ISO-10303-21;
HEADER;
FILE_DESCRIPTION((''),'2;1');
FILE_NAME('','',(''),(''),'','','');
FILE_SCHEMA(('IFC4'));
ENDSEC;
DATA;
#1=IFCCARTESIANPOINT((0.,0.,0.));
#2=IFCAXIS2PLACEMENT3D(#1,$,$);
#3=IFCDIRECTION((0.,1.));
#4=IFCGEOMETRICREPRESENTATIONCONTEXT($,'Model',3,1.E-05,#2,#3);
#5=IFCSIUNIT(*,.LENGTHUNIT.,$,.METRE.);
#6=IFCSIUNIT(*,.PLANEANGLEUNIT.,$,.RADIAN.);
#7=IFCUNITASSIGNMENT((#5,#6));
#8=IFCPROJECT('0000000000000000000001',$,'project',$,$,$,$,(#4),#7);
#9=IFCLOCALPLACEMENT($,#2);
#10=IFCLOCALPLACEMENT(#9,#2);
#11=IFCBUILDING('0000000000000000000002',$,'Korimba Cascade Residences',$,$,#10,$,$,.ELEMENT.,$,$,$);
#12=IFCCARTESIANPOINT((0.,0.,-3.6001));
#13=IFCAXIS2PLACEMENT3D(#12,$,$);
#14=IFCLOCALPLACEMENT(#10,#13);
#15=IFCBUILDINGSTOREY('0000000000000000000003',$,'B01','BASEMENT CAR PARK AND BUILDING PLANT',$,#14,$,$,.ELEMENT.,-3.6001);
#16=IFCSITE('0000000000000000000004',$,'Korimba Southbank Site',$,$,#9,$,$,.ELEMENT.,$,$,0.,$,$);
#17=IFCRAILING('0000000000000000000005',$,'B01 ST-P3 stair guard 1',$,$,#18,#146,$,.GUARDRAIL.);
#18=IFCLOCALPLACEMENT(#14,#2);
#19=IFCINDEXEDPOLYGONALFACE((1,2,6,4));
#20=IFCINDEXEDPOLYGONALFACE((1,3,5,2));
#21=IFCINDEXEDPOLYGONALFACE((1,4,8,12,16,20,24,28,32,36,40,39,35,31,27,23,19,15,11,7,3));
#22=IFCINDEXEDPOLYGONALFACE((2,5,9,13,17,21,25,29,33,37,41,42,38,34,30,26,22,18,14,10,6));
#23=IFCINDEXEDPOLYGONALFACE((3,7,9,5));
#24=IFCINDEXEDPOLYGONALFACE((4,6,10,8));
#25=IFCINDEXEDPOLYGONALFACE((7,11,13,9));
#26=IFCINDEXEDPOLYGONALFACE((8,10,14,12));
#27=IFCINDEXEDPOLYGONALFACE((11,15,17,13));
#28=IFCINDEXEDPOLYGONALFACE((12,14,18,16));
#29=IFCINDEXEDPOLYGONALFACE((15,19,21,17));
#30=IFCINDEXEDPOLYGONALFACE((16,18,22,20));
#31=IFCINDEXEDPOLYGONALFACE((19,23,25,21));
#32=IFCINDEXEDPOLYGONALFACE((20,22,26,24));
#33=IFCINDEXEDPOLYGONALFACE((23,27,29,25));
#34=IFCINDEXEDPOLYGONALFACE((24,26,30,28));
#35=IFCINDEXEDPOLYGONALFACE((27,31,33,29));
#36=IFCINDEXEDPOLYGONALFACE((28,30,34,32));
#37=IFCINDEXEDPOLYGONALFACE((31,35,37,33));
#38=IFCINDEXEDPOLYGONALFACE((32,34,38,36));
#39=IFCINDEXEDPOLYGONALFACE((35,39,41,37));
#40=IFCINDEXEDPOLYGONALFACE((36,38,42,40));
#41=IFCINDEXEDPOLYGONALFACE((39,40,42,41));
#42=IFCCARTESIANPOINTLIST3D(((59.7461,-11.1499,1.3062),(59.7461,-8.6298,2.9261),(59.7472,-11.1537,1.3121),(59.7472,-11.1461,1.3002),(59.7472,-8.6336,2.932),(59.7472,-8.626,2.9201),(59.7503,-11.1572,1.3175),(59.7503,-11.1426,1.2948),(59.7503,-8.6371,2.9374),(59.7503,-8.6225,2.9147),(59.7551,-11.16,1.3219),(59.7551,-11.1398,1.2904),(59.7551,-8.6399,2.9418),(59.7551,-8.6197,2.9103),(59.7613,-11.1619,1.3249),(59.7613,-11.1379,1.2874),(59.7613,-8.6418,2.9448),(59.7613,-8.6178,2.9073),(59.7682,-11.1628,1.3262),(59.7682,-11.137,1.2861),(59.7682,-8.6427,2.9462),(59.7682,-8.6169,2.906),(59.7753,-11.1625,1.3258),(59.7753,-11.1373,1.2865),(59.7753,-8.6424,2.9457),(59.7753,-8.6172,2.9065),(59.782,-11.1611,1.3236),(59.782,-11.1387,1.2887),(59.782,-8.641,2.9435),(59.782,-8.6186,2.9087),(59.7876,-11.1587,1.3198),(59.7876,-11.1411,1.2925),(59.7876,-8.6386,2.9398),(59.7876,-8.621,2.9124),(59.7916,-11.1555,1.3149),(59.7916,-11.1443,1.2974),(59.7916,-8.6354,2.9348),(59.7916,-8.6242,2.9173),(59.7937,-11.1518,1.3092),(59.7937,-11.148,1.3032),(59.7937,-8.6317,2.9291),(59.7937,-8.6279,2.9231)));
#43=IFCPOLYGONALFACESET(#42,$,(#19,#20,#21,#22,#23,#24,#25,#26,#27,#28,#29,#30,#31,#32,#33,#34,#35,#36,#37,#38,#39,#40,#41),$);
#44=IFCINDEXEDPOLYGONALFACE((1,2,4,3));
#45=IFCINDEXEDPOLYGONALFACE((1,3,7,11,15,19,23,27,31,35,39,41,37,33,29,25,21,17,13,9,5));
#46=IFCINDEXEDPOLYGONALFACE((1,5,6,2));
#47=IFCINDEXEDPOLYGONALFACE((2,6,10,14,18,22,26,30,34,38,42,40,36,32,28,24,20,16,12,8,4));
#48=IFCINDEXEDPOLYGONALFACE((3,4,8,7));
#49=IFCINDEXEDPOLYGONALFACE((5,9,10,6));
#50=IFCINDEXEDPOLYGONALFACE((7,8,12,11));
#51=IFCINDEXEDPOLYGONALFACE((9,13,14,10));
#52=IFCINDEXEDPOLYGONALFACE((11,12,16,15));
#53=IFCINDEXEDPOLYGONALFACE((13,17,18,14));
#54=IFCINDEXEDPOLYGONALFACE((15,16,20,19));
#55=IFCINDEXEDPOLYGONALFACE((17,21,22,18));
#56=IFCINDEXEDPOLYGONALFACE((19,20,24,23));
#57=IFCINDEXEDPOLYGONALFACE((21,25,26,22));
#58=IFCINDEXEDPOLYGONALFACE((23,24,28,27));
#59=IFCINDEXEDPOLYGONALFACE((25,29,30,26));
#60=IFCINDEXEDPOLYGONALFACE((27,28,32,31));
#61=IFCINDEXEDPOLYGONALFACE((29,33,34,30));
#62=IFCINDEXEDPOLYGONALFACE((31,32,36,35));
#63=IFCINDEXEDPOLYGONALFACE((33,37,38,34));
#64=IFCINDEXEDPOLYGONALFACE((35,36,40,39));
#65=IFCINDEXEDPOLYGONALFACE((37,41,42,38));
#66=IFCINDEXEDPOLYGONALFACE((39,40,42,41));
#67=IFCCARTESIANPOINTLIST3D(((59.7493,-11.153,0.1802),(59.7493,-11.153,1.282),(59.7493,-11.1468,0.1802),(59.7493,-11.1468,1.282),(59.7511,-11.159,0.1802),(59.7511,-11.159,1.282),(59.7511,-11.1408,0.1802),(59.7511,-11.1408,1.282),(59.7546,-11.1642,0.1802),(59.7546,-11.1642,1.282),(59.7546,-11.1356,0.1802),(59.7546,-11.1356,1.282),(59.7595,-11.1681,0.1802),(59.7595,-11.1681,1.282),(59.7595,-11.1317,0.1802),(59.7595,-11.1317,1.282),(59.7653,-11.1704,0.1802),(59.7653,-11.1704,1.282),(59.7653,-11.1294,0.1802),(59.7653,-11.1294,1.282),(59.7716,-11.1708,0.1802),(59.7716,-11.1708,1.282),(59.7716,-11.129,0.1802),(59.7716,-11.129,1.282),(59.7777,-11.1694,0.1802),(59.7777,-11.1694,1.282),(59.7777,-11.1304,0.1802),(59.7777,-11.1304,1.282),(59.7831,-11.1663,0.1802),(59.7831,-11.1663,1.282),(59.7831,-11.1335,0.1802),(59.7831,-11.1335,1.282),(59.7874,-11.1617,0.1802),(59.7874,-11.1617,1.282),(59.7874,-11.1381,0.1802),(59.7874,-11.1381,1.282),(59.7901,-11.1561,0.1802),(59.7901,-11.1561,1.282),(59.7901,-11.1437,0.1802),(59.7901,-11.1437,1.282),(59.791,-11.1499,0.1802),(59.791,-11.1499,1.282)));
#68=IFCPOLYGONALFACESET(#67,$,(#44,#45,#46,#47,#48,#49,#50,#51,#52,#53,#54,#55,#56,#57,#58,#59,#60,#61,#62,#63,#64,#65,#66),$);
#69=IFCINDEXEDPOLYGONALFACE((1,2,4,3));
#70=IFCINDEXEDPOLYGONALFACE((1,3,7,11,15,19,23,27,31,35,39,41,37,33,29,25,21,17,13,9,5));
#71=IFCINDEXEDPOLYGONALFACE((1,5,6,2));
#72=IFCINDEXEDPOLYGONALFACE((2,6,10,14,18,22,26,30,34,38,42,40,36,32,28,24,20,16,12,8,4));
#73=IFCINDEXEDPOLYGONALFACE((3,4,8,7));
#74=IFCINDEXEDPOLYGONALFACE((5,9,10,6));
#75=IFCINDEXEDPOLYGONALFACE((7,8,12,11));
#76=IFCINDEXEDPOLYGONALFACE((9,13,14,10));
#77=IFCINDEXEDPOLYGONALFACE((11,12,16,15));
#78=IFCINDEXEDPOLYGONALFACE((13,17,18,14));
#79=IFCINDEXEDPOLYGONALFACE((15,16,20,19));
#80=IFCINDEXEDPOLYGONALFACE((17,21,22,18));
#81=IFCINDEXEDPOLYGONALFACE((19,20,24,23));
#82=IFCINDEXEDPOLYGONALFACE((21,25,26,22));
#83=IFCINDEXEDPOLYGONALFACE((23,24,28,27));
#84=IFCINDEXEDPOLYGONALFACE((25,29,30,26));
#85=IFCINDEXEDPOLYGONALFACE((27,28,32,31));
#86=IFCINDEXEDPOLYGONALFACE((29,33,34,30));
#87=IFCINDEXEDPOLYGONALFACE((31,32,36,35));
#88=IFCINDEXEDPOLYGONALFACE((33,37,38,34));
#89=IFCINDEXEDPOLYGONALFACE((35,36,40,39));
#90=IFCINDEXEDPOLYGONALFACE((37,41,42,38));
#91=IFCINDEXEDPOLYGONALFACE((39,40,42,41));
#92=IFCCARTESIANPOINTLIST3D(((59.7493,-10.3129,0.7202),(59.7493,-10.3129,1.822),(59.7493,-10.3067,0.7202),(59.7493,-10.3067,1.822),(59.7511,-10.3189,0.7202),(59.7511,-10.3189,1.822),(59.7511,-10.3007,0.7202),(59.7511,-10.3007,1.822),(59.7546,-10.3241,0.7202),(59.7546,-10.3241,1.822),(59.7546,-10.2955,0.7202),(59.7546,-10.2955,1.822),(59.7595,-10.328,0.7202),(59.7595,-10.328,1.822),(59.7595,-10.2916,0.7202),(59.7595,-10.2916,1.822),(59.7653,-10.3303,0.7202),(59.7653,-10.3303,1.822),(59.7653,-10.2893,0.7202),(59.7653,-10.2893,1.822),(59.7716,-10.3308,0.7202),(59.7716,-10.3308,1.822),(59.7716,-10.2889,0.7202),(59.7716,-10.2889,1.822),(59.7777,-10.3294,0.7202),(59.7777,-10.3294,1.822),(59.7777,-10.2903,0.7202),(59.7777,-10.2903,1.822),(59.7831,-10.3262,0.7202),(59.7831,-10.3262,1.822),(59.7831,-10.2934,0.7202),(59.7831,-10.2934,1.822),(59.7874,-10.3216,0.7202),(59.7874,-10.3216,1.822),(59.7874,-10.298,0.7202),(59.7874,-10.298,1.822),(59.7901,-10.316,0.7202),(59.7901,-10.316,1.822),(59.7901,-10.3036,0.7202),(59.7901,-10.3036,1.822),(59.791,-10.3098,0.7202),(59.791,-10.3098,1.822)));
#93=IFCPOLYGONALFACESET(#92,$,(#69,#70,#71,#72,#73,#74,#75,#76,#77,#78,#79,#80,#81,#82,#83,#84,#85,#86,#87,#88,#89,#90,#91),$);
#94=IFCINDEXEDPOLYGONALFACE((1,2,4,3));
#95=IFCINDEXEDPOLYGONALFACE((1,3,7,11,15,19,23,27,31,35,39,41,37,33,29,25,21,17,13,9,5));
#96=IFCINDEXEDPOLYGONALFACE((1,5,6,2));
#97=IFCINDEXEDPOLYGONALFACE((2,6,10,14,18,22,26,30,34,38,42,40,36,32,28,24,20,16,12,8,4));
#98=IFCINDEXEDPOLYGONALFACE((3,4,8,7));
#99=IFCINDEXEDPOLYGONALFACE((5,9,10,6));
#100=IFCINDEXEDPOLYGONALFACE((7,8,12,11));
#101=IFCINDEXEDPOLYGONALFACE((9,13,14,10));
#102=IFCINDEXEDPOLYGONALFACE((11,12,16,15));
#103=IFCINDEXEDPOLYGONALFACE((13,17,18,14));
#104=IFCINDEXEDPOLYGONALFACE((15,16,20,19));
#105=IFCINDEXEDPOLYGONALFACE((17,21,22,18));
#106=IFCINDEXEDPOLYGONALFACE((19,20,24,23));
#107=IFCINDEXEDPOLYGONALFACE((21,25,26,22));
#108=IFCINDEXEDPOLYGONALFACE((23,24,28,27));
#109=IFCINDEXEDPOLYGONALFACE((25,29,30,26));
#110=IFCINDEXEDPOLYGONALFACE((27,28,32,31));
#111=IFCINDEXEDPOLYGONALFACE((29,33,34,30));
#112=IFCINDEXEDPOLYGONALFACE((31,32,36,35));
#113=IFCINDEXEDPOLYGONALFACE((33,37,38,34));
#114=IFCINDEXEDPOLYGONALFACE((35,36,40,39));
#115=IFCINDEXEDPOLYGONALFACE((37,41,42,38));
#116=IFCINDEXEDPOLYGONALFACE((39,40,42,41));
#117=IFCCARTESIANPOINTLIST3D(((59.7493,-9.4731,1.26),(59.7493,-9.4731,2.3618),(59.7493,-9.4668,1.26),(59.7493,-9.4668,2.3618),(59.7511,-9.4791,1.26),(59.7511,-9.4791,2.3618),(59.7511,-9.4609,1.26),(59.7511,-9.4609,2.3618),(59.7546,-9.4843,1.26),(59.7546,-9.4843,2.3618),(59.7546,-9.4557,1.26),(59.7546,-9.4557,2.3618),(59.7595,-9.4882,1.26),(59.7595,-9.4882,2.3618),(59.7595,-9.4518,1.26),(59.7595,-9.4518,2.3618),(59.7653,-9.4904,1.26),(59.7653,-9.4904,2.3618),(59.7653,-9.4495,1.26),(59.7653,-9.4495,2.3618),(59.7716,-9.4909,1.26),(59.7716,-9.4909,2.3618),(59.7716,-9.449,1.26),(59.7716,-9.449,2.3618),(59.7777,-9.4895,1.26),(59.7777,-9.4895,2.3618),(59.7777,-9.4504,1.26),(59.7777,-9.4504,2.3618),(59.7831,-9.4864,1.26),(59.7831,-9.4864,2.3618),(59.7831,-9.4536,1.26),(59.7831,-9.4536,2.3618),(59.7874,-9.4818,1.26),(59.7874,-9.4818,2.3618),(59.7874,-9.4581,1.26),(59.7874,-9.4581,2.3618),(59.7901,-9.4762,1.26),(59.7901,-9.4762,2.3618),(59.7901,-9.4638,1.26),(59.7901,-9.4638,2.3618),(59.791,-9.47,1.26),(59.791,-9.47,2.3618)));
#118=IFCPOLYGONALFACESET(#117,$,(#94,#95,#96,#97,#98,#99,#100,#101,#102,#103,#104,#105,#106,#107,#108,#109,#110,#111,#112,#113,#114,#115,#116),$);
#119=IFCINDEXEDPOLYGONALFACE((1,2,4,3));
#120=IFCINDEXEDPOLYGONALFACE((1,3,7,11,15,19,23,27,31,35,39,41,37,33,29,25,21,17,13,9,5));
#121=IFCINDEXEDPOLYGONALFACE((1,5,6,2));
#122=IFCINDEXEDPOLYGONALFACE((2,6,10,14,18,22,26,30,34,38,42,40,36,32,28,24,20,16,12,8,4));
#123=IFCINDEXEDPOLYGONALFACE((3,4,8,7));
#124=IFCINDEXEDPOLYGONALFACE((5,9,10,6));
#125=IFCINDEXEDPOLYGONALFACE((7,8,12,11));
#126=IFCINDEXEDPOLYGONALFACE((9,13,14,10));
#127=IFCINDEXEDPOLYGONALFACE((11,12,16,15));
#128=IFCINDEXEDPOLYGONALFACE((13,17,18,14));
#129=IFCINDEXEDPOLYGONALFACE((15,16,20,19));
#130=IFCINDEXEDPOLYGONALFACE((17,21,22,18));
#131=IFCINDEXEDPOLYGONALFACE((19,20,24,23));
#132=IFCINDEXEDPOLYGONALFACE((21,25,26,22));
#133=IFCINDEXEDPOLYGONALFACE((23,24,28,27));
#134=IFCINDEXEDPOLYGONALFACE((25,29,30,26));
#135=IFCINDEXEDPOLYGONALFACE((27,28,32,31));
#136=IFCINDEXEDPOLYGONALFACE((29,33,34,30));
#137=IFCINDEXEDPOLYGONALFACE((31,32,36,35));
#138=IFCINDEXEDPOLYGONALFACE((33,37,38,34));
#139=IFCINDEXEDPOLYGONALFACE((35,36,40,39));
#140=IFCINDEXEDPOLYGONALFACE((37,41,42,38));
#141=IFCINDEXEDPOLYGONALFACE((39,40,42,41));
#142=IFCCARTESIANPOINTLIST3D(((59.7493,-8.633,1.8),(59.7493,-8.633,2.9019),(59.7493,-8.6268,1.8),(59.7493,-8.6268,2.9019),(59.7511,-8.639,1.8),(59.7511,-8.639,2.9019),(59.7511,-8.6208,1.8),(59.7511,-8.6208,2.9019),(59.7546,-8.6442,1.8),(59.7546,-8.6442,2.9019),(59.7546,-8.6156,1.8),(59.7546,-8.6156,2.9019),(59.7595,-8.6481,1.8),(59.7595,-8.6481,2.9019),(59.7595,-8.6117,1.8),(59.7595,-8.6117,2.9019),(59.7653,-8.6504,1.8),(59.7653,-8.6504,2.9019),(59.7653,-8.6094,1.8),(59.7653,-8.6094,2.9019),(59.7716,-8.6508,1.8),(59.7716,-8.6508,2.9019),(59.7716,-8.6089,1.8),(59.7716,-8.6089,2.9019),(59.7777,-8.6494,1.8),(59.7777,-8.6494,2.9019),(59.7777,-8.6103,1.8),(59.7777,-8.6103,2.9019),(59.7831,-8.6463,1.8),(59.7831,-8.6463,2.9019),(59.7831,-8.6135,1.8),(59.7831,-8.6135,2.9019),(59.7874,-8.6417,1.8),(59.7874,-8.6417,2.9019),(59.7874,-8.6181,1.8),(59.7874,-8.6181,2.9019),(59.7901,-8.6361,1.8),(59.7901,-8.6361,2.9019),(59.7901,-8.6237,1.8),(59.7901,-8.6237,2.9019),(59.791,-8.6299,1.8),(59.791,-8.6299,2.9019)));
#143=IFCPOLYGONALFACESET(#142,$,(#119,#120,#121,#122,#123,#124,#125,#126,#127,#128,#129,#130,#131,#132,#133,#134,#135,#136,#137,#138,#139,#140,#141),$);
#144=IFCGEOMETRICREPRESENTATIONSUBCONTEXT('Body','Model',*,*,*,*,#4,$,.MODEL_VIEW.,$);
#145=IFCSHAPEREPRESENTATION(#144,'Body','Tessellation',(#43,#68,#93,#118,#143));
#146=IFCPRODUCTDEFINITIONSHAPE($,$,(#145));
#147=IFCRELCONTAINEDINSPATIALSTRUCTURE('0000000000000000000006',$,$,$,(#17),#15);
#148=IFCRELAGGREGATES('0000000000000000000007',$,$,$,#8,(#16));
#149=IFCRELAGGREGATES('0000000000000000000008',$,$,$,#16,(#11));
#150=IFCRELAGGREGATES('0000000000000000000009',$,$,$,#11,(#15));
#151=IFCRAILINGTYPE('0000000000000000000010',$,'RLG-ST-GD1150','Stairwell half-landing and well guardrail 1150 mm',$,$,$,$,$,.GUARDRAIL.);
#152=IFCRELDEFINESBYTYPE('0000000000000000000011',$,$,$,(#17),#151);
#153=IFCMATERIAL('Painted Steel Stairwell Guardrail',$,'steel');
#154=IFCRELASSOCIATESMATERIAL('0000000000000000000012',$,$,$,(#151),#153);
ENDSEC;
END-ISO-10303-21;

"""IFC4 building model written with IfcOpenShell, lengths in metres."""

from ifc_helpers import new_model, si_unit, direction, frame, origin, origin_2d, place, context, subcontext, project, spatial, circle, extrude, material, type_object, element, save


model = new_model("IFC4")

# Units and contexts
model_context = context("Model", 3, precision=1e-05, world=origin(), true_north=direction((0.0, 1.0)))
body_context = subcontext(model_context, "Body", "Model", "MODEL_VIEW")
ifc_project = project(units=[si_unit("LENGTHUNIT", "METRE"), si_unit("PLANEANGLEUNIT", "RADIAN")], contexts=[model_context])

# Site, building, storey
site_placement = place(None, origin())
site = spatial("IfcSite", under=ifc_project, at=site_placement, Name="Korimba Southbank Site", CompositionType="ELEMENT", RefElevation=0.0)
building_placement = place(site_placement, origin())
building = spatial("IfcBuilding", under=site, at=building_placement, Name="Korimba Cascade Residences", CompositionType="ELEMENT")
storey_placement = place(building_placement, frame((0.0, 0.0, -3.6001)))
storey = spatial("IfcBuildingStorey", under=building, at=storey_placement, Name="B01", Description="BASEMENT CAR PARK AND BUILDING PLANT", CompositionType="ELEMENT", Elevation=-3.6001)

# Railing
ifc_material_1 = material(Name="Painted Steel Stairwell Guardrail", Category="steel")
railing_type_1 = type_object("IfcRailingType", Name="RLG-ST-GD1150", Description="Stairwell half-landing and well guardrail 1150 mm", PredefinedType="GUARDRAIL", material=ifc_material_1)
railing_1_placement = place(storey_placement, frame((59.77, -11.1499, 0.1802)))
element("IfcRailing", 1, at=railing_1_placement, inside=storey, type_object=railing_type_1, Name="B01 ST-P3 stair guard 1", PredefinedType="GUARDRAIL", context=body_context, shape_type="SweptSolid", body=[
    extrude(circle(Radius=0.0239, at=origin_2d()), frame((0.0, 0.0, 1.126), z_axis=(0.0, 0.8412, 0.540725), x_axis=(-1.0, 0.0, 0.0)), (0.0, 0.0, 1.0), 2.9958),
    extrude(circle(Radius=0.021, at=origin_2d()), origin(), (0.0, 0.0, 1.0), 1.1018),
    extrude(circle(Radius=0.021, at=origin_2d()), frame((0.0, 0.8401, 0.54)), (0.0, 0.0, 1.0), 1.1018),
    extrude(circle(Radius=0.021, at=origin_2d()), frame((0.0, 1.6799, 1.0798)), (0.0, 0.0, 1.0), 1.1018),
    extrude(circle(Radius=0.021, at=origin_2d()), frame((0.0, 2.52, 1.6199)), (0.0, 0.0, 1.0), 1.1018),
])

save(model, "model.ifc")
